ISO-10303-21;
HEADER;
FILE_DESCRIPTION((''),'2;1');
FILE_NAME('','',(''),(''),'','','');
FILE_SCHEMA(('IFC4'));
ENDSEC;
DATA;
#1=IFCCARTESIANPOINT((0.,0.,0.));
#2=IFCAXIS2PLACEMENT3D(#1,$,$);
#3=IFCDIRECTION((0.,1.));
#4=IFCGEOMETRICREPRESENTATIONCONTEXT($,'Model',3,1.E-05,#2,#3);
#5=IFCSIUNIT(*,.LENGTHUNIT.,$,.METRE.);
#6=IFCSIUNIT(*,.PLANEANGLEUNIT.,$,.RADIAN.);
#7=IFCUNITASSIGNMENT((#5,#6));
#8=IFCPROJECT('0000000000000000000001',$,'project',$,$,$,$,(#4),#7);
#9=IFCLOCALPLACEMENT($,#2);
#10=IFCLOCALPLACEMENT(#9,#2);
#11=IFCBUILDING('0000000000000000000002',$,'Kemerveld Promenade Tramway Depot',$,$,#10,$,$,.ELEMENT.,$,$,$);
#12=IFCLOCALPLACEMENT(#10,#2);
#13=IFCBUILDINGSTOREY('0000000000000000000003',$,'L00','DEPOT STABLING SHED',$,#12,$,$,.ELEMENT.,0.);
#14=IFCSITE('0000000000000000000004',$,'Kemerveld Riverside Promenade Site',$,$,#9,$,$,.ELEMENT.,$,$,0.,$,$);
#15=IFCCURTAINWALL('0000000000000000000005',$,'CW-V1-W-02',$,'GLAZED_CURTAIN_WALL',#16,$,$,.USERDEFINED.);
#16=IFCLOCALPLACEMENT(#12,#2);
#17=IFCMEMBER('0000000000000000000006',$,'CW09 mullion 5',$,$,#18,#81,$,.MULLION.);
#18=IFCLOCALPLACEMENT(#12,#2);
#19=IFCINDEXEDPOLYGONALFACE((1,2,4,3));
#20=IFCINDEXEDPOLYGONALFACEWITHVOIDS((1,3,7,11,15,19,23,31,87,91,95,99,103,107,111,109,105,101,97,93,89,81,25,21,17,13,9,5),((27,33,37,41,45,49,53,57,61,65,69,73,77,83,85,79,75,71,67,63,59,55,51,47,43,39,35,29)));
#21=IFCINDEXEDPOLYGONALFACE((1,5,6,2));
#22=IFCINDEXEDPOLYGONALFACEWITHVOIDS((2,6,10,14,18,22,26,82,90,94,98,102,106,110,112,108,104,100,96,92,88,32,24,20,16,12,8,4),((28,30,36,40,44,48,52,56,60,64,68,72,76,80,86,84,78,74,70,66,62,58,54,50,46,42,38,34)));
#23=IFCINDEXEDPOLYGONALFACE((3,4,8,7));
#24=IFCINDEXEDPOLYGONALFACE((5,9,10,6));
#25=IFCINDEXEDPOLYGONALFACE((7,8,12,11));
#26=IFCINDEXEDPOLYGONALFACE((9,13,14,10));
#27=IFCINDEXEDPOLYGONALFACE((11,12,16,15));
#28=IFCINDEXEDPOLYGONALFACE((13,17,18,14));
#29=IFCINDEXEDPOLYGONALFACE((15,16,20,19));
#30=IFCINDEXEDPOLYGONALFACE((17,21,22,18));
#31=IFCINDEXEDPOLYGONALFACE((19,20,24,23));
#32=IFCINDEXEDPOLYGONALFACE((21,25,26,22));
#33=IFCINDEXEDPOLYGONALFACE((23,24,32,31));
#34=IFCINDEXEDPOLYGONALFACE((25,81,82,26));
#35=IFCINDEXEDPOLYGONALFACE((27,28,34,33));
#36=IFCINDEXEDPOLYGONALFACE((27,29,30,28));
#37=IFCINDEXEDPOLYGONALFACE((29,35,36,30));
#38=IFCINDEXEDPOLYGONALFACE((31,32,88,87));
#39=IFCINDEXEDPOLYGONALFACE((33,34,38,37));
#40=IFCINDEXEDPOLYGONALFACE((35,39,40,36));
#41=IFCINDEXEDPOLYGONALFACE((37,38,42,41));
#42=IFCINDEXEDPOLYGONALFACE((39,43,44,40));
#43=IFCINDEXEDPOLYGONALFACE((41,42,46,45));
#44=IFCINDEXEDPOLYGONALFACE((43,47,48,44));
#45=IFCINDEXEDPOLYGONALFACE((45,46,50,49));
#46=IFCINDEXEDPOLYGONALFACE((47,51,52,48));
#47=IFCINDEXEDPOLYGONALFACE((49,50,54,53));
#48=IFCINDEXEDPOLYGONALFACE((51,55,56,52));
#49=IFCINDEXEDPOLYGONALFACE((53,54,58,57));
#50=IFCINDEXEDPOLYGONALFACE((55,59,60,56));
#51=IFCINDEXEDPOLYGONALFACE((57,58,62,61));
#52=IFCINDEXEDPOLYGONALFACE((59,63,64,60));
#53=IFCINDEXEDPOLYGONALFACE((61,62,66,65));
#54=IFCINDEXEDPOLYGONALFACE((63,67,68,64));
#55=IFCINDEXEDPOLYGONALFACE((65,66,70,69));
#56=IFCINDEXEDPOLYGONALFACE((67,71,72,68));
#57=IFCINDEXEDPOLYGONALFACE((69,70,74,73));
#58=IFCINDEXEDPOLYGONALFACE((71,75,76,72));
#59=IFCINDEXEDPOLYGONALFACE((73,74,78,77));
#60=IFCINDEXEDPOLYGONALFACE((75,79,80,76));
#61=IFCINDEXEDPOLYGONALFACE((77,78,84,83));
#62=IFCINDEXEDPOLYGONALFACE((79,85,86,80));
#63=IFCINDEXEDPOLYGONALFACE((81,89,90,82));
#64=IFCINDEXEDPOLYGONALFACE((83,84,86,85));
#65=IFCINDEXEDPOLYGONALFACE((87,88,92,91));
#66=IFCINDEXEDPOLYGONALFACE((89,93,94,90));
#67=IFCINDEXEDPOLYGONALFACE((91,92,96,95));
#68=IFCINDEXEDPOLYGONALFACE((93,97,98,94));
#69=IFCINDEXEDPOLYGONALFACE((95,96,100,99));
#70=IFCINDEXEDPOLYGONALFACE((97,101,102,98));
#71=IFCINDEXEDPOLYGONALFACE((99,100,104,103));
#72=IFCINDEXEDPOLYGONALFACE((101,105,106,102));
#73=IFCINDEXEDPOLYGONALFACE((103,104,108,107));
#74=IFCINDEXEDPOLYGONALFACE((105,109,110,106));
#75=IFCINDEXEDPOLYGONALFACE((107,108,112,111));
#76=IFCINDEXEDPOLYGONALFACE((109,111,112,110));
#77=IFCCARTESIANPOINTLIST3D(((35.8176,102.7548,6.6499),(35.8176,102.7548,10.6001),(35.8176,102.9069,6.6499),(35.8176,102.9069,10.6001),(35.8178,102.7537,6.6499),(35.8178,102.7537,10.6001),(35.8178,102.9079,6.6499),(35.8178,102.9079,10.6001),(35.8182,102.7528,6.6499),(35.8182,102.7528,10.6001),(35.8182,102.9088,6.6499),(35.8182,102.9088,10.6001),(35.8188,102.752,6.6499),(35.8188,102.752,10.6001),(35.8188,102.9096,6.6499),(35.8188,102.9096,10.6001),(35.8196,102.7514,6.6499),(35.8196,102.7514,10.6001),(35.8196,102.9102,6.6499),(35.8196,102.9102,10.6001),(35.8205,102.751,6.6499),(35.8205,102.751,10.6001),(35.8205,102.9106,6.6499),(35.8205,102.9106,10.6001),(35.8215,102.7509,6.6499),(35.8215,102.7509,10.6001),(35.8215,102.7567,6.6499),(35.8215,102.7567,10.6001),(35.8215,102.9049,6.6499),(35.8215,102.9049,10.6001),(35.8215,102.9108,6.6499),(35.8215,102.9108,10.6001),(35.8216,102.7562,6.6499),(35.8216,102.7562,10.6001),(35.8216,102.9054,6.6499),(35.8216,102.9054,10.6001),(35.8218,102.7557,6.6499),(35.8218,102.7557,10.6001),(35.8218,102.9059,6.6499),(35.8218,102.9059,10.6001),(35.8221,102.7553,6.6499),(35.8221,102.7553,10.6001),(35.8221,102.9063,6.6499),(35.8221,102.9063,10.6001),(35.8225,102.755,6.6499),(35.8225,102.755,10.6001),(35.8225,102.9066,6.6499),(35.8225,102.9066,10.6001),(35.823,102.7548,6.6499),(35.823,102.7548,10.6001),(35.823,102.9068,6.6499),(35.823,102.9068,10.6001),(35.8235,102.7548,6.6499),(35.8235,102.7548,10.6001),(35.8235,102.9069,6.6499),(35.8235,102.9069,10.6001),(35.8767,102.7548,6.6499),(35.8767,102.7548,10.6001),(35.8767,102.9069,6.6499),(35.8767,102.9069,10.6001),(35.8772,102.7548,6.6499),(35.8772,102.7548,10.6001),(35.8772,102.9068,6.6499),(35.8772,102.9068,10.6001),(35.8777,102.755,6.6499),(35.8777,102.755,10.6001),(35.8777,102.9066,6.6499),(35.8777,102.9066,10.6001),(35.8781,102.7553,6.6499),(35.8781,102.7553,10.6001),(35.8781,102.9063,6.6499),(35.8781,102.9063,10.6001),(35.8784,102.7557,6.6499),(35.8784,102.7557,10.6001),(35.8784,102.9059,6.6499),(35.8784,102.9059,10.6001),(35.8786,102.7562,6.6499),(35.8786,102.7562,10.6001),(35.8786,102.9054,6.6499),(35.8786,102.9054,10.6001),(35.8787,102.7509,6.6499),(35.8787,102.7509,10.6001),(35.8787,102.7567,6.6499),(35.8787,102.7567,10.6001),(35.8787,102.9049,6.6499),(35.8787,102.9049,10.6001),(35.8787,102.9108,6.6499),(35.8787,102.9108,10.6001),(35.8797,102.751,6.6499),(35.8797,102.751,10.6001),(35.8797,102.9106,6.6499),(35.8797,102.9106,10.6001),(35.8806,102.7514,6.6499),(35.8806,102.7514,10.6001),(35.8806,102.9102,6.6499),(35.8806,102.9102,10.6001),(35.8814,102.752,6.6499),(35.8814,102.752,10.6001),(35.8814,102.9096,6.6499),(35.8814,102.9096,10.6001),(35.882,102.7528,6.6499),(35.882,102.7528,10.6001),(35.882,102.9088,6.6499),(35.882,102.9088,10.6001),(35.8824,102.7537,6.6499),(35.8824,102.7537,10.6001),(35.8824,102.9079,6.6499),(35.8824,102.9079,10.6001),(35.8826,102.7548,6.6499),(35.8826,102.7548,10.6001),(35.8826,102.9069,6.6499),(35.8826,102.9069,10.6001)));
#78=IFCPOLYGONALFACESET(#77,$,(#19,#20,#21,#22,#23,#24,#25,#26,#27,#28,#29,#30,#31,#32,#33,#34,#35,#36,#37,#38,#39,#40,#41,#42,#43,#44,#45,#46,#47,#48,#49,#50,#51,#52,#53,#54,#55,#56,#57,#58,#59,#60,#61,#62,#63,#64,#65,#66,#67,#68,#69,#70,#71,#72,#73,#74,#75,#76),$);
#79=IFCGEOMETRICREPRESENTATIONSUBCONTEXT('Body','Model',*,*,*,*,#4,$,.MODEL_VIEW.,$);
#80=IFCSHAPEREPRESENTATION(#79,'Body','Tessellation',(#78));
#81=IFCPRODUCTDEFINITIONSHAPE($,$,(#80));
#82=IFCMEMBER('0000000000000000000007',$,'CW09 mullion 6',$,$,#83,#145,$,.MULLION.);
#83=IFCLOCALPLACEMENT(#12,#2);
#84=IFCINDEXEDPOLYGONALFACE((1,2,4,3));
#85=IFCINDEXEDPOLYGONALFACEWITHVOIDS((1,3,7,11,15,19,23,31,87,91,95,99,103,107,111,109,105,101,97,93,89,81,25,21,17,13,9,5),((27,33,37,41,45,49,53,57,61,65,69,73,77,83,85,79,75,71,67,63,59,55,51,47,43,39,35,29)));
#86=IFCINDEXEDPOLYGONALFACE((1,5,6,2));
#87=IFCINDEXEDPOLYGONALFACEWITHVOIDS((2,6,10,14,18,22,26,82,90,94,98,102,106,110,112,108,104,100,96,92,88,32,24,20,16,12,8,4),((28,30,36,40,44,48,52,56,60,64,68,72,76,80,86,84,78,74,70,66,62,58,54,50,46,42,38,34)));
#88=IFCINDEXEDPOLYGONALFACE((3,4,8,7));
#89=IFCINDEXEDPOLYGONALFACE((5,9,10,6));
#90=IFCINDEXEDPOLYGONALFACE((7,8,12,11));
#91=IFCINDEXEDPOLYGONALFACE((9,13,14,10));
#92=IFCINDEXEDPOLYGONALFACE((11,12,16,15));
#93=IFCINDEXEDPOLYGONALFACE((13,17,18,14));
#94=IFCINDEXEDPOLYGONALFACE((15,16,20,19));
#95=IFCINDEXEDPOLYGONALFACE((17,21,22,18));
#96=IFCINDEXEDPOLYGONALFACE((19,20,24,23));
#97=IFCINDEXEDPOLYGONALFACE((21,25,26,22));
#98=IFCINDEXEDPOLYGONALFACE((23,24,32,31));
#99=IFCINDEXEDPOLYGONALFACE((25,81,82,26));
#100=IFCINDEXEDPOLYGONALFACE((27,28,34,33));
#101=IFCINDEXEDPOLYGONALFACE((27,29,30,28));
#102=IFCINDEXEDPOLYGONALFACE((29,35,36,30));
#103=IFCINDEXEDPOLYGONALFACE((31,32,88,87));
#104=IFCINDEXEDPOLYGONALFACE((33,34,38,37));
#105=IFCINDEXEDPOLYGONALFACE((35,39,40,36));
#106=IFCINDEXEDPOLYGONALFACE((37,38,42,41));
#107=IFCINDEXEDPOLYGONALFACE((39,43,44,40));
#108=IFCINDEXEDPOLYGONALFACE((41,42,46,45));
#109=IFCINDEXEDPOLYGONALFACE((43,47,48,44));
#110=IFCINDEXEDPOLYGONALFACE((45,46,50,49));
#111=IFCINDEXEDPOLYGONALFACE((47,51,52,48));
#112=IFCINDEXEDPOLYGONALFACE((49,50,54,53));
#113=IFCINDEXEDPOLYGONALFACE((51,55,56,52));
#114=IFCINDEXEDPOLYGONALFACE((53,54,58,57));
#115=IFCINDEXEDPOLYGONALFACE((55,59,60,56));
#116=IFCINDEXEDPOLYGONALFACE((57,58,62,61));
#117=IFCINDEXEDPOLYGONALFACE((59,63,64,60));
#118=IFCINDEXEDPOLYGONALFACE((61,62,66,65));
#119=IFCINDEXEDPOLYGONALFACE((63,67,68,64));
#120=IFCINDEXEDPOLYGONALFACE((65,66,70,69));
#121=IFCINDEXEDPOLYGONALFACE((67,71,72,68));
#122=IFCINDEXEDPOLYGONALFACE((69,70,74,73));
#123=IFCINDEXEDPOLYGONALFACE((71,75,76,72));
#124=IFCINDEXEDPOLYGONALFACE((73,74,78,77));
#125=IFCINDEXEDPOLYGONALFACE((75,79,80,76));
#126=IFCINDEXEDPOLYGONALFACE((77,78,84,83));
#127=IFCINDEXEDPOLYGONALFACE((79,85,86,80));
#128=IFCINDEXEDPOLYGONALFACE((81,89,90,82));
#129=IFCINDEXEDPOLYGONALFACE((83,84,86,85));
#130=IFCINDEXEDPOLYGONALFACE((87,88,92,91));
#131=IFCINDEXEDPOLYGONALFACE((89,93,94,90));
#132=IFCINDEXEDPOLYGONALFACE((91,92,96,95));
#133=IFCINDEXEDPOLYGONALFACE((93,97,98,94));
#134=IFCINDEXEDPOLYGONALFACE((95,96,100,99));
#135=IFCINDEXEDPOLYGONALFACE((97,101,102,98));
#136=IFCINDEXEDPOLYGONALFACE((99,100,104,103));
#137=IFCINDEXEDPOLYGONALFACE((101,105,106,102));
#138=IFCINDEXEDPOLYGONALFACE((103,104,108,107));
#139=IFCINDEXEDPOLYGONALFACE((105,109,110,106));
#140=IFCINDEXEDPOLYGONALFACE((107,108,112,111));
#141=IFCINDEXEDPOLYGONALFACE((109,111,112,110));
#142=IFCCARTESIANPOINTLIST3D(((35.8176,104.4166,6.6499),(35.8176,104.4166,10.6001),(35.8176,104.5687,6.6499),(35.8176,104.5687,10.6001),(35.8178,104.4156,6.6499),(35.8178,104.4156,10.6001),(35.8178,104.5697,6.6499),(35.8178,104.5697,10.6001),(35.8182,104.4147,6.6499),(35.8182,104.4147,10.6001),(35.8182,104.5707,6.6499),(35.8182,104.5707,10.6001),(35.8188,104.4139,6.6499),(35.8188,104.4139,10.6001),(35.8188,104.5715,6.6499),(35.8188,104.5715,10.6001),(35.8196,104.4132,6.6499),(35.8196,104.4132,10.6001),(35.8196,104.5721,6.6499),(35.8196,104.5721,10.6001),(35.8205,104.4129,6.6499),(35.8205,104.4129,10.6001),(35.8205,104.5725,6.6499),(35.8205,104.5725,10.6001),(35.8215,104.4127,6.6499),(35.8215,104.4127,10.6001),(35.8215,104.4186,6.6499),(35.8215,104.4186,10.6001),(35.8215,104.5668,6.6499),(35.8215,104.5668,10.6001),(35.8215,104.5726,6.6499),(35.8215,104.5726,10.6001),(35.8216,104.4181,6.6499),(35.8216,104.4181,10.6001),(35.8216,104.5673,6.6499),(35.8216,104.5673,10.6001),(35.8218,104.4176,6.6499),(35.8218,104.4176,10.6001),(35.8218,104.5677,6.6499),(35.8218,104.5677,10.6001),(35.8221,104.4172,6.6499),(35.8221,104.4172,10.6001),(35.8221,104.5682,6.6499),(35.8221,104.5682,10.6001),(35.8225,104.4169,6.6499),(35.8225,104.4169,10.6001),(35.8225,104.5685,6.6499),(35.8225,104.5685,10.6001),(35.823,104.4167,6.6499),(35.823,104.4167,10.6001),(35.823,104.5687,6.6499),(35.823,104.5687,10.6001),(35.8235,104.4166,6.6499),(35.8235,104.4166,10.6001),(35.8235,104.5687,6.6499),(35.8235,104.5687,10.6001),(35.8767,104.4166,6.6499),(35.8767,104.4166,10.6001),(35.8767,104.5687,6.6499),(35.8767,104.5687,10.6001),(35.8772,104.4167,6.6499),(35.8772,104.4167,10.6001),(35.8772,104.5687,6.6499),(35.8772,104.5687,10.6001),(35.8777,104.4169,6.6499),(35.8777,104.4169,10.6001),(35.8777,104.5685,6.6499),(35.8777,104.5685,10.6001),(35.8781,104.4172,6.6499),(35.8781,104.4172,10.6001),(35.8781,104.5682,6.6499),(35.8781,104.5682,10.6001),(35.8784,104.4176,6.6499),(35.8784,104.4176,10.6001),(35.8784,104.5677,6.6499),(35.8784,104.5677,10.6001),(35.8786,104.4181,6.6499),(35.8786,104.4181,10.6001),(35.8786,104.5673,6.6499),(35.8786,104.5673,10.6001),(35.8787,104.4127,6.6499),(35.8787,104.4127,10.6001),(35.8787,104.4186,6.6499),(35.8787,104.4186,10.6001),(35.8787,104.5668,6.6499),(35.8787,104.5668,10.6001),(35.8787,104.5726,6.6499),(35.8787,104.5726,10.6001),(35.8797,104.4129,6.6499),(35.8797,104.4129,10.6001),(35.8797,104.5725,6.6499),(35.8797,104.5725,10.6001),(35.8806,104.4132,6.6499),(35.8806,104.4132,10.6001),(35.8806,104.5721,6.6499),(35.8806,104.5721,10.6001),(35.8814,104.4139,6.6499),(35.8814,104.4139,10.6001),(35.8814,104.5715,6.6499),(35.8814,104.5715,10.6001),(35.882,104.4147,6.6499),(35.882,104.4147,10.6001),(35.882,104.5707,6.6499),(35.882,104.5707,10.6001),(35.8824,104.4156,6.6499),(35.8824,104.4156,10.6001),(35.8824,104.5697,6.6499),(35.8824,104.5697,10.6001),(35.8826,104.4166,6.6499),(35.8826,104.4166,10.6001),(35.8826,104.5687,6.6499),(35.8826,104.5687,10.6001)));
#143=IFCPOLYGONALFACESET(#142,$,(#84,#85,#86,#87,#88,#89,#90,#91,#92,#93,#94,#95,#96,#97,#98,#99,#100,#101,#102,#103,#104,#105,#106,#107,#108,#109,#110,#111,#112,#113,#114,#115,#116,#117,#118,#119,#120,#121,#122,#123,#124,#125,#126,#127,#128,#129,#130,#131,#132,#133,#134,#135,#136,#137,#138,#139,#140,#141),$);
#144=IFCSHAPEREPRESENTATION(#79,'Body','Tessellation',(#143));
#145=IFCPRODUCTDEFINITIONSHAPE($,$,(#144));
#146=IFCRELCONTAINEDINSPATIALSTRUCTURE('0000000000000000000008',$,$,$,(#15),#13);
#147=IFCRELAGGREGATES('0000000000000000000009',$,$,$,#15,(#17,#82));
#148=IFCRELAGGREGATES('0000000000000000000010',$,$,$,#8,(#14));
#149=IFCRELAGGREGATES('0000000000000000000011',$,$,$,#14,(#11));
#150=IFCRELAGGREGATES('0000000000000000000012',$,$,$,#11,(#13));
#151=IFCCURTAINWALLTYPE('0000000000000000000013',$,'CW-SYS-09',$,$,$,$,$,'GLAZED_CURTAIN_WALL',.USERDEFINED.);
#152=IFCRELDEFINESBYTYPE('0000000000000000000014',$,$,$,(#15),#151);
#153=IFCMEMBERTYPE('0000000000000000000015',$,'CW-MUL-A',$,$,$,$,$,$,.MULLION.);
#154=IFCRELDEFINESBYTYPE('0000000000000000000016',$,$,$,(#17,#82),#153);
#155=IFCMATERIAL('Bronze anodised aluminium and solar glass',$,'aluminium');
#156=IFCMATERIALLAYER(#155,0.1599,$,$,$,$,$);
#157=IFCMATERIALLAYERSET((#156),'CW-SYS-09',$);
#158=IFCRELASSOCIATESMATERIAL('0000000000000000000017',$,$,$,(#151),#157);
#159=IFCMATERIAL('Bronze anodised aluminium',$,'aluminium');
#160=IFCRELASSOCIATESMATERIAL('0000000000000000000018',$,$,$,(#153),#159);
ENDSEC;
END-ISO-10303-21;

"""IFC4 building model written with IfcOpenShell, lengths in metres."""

from ifc_helpers import new_model, si_unit, direction, frame, origin, origin_2d, place, context, subcontext, project, spatial, hollow_rectangle, extrude, material, layer, layer_set, material_profile, profile_set, type_object, element, aggregate, save


model = new_model("IFC4")

# Units and contexts
model_context = context("Model", 3, precision=1e-05, world=origin(), true_north=direction((0.0, 1.0)))
body_context = subcontext(model_context, "Body", "Model", "MODEL_VIEW")
ifc_project = project(units=[si_unit("LENGTHUNIT", "METRE"), si_unit("PLANEANGLEUNIT", "RADIAN")], contexts=[model_context])

# Site, building, storey
site_placement = place(None, origin())
site = spatial("IfcSite", under=ifc_project, at=site_placement, Name="Kemerveld Riverside Promenade Site", CompositionType="ELEMENT", RefElevation=0.0)
building_placement = place(site_placement, origin())
building = spatial("IfcBuilding", under=site, at=building_placement, Name="Kemerveld Promenade Tramway Depot", CompositionType="ELEMENT")
storey_placement = place(building_placement, origin())
storey = spatial("IfcBuildingStorey", under=building, at=storey_placement, Name="L00", Description="DEPOT STABLING SHED", CompositionType="ELEMENT", Elevation=0.0)

# Curtain wall, members
ifc_material_1 = material(Name="Bronze anodised aluminium and solar glass", Category="aluminium")
ifc_layer_1 = layer(ifc_material_1, 0.1599)
ifc_layer_set_1 = layer_set([ifc_layer_1], Name="CW-SYS-09")
curtain_wall_type_1 = type_object("IfcCurtainWallType", Name="CW-SYS-09", ElementType="GLAZED_CURTAIN_WALL", PredefinedType="USERDEFINED", material=ifc_layer_set_1)
curtain_wall_1_placement = place(storey_placement, origin())
curtain_wall_1 = element("IfcCurtainWall", 1, at=curtain_wall_1_placement, inside=storey, type_object=curtain_wall_type_1, Name="CW-V1-W-02", ObjectType="GLAZED_CURTAIN_WALL", PredefinedType="USERDEFINED")
ifc_material_2 = material(Name="Bronze anodised aluminium", Category="aluminium")
ifc_material_profile_1 = material_profile(ifc_material_2, hollow_rectangle(XDim=0.0649, YDim=0.1599, WallThickness=0.0039, InnerFilletRadius=0.002, OuterFilletRadius=0.0039, at=origin_2d()), Name="CW-MUL-160x65")
ifc_profile_set_1 = profile_set([ifc_material_profile_1], Name="Bronze anodised aluminium")
member_type_1 = type_object("IfcMemberType", Name="CW-MUL-A", PredefinedType="MULLION", material=ifc_profile_set_1)
member_1_placement = place(storey_placement, frame((35.8501, 102.8308, 6.6499), z_axis=(0.0, 0.0, 1.0), x_axis=(-1.0, 0.0, 0.0)))
member_1 = element("IfcMember", 2, at=member_1_placement, type_object=member_type_1, Name="CW09 mullion 5", PredefinedType="MULLION", context=body_context, shape_type="SweptSolid", body=[
    extrude(hollow_rectangle(XDim=0.0649, YDim=0.1599, WallThickness=0.0039, InnerFilletRadius=0.002, OuterFilletRadius=0.0039, at=origin_2d()), origin(), (0.0, 0.0, 1.0), 3.9502),
])
member_2_placement = place(storey_placement, frame((35.8501, 104.4927, 6.6499), z_axis=(0.0, 0.0, 1.0), x_axis=(-1.0, 0.0, 0.0)))
member_2 = element("IfcMember", 3, at=member_2_placement, type_object=member_type_1, Name="CW09 mullion 6", PredefinedType="MULLION", context=body_context, shape_type="SweptSolid", body=[
    extrude(hollow_rectangle(XDim=0.0649, YDim=0.1599, WallThickness=0.0039, InnerFilletRadius=0.002, OuterFilletRadius=0.0039, at=origin_2d()), origin(), (0.0, 0.0, 1.0), 3.9502),
])

aggregate(curtain_wall_1, [member_1, member_2])

save(model, "model.ifc")
